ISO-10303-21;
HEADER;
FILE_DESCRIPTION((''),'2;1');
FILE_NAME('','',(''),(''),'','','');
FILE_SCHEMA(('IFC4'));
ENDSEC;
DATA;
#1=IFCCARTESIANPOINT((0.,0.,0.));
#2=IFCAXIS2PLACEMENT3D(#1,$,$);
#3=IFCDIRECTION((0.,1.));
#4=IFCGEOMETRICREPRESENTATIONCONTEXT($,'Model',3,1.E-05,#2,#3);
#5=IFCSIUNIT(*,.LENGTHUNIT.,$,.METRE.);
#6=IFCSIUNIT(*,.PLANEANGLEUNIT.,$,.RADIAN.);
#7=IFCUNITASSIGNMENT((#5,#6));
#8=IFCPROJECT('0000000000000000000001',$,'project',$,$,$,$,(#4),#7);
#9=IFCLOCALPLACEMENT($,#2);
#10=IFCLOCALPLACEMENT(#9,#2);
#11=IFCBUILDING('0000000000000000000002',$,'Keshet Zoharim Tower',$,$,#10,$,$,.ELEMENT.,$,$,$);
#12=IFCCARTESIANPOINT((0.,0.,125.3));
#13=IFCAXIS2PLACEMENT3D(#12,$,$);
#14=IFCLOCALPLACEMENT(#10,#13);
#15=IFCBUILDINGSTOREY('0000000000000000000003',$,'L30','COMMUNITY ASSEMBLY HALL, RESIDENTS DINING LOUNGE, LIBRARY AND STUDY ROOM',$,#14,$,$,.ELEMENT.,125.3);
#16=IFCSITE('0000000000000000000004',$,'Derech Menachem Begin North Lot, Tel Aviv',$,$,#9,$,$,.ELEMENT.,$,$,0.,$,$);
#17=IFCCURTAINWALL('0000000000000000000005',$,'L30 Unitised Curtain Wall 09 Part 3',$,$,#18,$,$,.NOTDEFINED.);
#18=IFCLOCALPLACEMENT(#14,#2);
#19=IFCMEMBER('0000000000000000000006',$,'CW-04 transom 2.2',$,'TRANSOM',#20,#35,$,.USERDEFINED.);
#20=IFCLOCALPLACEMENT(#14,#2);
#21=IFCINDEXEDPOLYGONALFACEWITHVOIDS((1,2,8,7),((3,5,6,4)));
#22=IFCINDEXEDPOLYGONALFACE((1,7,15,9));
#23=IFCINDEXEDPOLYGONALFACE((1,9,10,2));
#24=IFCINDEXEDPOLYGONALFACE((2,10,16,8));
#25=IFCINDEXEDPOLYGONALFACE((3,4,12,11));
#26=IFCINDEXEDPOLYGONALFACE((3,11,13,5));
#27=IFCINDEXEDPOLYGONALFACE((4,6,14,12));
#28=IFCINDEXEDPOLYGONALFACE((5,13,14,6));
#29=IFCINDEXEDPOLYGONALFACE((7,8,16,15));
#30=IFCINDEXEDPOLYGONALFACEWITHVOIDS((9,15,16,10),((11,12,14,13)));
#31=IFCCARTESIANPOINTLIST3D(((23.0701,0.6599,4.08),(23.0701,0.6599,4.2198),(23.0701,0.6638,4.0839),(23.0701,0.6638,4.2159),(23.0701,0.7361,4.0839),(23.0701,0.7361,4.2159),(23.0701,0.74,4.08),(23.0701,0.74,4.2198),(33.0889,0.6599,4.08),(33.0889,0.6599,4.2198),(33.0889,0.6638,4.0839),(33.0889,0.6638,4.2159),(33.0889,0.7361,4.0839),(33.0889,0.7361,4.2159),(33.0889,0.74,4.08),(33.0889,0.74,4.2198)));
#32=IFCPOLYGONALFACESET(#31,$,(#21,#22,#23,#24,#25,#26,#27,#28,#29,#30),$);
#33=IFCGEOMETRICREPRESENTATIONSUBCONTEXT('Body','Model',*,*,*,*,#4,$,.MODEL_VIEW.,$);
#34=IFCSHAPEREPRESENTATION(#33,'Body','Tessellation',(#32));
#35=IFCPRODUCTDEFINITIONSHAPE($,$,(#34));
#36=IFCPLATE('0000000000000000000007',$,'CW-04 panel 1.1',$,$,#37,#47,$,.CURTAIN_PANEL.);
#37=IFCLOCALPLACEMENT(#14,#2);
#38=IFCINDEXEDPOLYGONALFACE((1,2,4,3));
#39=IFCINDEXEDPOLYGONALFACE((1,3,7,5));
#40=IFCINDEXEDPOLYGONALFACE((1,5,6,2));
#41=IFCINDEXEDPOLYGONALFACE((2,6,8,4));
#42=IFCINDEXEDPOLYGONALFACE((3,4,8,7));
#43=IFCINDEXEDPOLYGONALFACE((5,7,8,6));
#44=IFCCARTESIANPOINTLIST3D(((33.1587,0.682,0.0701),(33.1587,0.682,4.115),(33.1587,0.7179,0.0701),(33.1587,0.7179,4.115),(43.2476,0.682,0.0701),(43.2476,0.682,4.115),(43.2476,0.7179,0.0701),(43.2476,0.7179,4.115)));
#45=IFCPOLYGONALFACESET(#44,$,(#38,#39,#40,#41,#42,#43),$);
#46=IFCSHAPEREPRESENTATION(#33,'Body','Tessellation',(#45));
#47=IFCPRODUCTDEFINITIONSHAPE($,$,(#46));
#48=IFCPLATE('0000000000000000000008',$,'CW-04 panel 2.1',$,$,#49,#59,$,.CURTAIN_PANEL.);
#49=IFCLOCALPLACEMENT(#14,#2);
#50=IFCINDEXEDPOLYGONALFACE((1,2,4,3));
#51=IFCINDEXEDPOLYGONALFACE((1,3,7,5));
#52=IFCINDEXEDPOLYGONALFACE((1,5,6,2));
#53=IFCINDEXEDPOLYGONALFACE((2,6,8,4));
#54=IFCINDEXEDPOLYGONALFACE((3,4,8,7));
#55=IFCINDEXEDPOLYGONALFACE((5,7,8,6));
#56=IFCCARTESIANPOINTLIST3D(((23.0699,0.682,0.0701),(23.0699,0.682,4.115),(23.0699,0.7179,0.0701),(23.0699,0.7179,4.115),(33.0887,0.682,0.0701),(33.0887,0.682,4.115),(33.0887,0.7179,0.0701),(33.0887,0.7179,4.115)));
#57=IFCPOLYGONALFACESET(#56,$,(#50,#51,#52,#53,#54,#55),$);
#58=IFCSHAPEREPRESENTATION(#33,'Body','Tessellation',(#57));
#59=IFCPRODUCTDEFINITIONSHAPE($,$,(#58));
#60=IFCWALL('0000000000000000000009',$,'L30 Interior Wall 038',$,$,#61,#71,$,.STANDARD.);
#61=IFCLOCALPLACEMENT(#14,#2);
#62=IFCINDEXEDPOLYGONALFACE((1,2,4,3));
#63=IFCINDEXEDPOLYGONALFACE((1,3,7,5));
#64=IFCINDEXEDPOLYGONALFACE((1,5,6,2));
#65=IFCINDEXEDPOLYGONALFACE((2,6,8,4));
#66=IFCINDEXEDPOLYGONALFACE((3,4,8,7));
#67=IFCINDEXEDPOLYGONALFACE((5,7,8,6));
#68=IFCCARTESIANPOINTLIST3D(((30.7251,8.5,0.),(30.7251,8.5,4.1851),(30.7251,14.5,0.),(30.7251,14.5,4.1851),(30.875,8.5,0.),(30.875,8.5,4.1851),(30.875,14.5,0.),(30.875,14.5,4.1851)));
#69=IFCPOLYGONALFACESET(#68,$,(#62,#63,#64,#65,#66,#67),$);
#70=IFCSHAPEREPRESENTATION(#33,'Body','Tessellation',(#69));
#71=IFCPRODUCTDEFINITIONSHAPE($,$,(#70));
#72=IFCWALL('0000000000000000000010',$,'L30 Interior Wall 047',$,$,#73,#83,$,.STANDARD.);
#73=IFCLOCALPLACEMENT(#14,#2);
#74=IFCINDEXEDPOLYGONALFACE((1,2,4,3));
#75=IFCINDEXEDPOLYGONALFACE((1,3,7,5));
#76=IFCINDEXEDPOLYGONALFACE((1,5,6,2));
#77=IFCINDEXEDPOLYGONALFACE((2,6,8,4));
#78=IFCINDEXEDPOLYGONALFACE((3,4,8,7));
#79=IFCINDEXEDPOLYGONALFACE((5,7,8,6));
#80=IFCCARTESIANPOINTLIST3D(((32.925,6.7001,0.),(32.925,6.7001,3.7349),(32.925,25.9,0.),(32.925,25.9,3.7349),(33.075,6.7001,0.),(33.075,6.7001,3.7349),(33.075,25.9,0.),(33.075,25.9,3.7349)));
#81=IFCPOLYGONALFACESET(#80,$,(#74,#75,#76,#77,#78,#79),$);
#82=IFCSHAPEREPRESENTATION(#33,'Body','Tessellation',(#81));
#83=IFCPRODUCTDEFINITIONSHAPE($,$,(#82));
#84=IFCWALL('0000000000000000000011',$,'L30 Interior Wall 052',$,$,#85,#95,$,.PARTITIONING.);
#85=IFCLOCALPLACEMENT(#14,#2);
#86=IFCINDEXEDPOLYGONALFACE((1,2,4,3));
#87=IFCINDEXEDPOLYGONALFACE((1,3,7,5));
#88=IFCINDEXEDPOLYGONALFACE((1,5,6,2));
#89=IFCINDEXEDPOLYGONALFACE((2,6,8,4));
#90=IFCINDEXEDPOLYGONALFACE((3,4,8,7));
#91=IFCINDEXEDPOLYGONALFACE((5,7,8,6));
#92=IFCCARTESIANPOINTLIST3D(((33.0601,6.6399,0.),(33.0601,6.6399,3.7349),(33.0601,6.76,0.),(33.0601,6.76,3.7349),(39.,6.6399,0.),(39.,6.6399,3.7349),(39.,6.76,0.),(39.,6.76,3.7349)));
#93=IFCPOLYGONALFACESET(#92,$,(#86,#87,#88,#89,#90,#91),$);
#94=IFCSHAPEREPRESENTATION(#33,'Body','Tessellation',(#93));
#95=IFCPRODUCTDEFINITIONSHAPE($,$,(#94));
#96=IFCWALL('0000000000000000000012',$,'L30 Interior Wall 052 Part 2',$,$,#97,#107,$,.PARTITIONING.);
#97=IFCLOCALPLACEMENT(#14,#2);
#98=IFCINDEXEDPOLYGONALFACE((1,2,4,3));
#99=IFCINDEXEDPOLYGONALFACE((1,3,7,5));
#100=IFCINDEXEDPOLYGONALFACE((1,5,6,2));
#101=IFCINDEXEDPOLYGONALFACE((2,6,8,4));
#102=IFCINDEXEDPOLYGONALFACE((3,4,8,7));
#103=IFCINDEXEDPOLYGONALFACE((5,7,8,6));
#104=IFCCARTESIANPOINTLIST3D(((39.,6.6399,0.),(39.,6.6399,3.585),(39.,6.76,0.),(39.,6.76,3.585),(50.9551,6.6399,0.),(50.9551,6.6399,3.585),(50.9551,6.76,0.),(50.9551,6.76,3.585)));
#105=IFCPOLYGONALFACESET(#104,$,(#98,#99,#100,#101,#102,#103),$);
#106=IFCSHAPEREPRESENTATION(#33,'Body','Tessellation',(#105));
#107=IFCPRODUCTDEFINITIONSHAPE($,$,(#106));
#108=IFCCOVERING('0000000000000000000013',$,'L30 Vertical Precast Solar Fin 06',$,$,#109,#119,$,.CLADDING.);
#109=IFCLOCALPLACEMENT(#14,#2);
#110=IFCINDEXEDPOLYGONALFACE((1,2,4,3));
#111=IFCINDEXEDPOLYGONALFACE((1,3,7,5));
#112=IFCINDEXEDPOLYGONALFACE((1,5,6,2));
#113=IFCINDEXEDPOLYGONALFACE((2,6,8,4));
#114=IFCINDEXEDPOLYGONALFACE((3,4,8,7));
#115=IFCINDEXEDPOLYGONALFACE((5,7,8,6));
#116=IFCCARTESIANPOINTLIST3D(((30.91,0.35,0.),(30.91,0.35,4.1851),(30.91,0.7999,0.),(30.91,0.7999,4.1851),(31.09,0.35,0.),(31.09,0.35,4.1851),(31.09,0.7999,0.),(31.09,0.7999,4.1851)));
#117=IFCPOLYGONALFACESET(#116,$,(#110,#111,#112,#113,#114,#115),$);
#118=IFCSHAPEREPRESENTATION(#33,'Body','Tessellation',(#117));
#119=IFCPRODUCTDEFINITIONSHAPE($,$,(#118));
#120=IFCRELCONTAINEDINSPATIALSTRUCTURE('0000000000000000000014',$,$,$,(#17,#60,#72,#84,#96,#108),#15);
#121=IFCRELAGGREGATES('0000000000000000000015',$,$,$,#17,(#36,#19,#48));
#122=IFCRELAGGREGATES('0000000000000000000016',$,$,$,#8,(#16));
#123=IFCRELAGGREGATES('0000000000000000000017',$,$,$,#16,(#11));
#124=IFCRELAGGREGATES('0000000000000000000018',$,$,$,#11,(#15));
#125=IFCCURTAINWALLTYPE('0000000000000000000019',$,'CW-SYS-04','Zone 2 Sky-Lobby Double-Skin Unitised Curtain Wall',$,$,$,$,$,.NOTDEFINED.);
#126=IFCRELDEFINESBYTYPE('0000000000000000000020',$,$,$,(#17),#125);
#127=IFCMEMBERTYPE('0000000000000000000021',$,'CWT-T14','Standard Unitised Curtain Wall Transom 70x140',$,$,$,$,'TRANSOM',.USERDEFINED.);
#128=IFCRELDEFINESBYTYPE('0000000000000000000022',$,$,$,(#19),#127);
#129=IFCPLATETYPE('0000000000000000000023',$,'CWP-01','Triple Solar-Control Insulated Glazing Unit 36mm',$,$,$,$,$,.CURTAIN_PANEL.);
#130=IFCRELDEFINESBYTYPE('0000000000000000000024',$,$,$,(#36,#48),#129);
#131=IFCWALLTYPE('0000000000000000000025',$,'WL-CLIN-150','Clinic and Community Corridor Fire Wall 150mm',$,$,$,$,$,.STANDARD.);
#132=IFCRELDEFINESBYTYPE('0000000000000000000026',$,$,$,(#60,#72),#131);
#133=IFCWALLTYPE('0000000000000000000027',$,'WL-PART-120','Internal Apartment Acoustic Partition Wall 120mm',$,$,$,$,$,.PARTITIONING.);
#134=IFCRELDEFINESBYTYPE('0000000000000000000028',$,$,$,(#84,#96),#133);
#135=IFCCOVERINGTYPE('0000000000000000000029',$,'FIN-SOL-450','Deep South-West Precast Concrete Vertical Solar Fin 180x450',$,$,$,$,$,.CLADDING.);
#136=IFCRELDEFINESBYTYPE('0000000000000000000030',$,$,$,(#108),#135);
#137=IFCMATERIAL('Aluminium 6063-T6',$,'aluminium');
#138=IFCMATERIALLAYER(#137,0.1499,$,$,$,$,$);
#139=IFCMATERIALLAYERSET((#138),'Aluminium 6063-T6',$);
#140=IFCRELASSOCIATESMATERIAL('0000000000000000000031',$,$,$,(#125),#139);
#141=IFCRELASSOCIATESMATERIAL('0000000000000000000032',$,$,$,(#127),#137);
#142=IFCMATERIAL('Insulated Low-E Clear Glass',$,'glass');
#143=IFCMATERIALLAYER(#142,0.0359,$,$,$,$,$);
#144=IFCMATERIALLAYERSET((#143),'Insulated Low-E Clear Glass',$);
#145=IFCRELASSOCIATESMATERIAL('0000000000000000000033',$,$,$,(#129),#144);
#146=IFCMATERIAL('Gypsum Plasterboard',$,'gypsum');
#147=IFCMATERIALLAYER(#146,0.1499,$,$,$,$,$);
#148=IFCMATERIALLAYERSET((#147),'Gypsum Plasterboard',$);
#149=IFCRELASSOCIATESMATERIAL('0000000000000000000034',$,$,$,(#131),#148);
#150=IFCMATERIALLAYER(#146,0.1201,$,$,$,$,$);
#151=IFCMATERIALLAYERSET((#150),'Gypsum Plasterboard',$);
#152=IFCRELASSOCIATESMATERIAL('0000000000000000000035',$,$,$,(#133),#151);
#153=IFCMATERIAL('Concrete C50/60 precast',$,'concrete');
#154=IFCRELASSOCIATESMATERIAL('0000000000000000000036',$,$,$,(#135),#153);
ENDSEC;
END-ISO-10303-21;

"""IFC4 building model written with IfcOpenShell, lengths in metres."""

from ifc_helpers import new_model, si_unit, direction, frame, frame_2d, origin, origin_2d, place, context, subcontext, project, spatial, rectangle, hollow_rectangle, extrude, material, layer, layer_set, material_profile, profile_set, type_object, element, aggregate, save


model = new_model("IFC4")

# Units and contexts
model_context = context("Model", 3, precision=1e-05, world=origin(), true_north=direction((0.0, 1.0)))
body_context = subcontext(model_context, "Body", "Model", "MODEL_VIEW")
ifc_project = project(units=[si_unit("LENGTHUNIT", "METRE"), si_unit("PLANEANGLEUNIT", "RADIAN")], contexts=[model_context])

# Site, building, storey
site_placement = place(None, origin())
site = spatial("IfcSite", under=ifc_project, at=site_placement, Name="Derech Menachem Begin North Lot, Tel Aviv", CompositionType="ELEMENT", RefElevation=0.0)
building_placement = place(site_placement, origin())
building = spatial("IfcBuilding", under=site, at=building_placement, Name="Keshet Zoharim Tower", CompositionType="ELEMENT")
storey_placement = place(building_placement, frame((0.0, 0.0, 125.3)))
storey = spatial("IfcBuildingStorey", under=building, at=storey_placement, Name="L30", Description="COMMUNITY ASSEMBLY HALL, RESIDENTS DINING LOUNGE, LIBRARY AND STUDY ROOM", CompositionType="ELEMENT", Elevation=125.3)

# Shared definitions
ifc_material_1 = material(Name="Aluminium 6063-T6", Category="aluminium")
ifc_layer_1 = layer(ifc_material_1, 0.1499)
ifc_layer_set_1 = layer_set([ifc_layer_1], Name="Aluminium 6063-T6")
curtain_wall_type = type_object("IfcCurtainWallType", Name="CW-SYS-04", Description="Zone 2 Sky-Lobby Double-Skin Unitised Curtain Wall", PredefinedType="NOTDEFINED", material=ifc_layer_set_1)

# Curtain wall, member, plates
curtain_wall_1_placement = place(storey_placement, origin())
curtain_wall_1 = element("IfcCurtainWall", 1, at=curtain_wall_1_placement, inside=storey, type_object=curtain_wall_type, Name="L30 Unitised Curtain Wall 09 Part 3", PredefinedType="NOTDEFINED")
ifc_material_profile_1 = material_profile(ifc_material_1, hollow_rectangle(XDim=0.0801, YDim=0.1399, WallThickness=0.0039, at=origin_2d()), Name="TRN-80x140")
ifc_profile_set_1 = profile_set([ifc_material_profile_1], Name="Aluminium 6063-T6")
member_type_1 = type_object("IfcMemberType", Name="CWT-T14", Description="Standard Unitised Curtain Wall Transom 70x140", ElementType="TRANSOM", PredefinedType="USERDEFINED", material=ifc_profile_set_1)
member_1_placement = place(storey_placement, frame((33.0889, 0.7, 4.1499), z_axis=(-1.0, 0.0, 0.0), x_axis=(0.0, -1.0, 0.0)))
member_1 = element("IfcMember", 2, at=member_1_placement, type_object=member_type_1, Name="CW-04 transom 2.2", ObjectType="TRANSOM", PredefinedType="USERDEFINED", context=body_context, shape_type="SweptSolid", body=[
    extrude(hollow_rectangle(XDim=0.0801, YDim=0.1399, WallThickness=0.0039, at=origin_2d()), origin(), (0.0, 0.0, 1.0), 10.0188),
])
ifc_material_2 = material(Name="Insulated Low-E Clear Glass", Category="glass")
ifc_layer_2 = layer(ifc_material_2, 0.0359)
ifc_layer_set_2 = layer_set([ifc_layer_2], Name="Insulated Low-E Clear Glass")
plate_type = type_object("IfcPlateType", Name="CWP-01", Description="Triple Solar-Control Insulated Glazing Unit 36mm", PredefinedType="CURTAIN_PANEL", material=ifc_layer_set_2)
plate_1_placement = place(storey_placement, frame((38.2031, 0.7, 0.0701), z_axis=(0.0, 0.0, 1.0), x_axis=(-1.0, 0.0, 0.0)))
plate_1 = element("IfcPlate", 3, at=plate_1_placement, type_object=plate_type, Name="CW-04 panel 1.1", PredefinedType="CURTAIN_PANEL", context=body_context, shape_type="SweptSolid", body=[
    extrude(rectangle(XDim=10.0889, YDim=0.0359, at=origin_2d()), origin(), (0.0, 0.0, 1.0), 4.0449),
])
plate_2_placement = place(storey_placement, frame((28.0793, 0.7, 0.0701), z_axis=(0.0, 0.0, 1.0), x_axis=(-1.0, 0.0, 0.0)))
plate_2 = element("IfcPlate", 4, at=plate_2_placement, type_object=plate_type, Name="CW-04 panel 2.1", PredefinedType="CURTAIN_PANEL", context=body_context, shape_type="SweptSolid", body=[
    extrude(rectangle(XDim=10.0188, YDim=0.0359, at=origin_2d()), origin(), (0.0, 0.0, 1.0), 4.0449),
])
aggregate(curtain_wall_1, [plate_1, member_1, plate_2])

# Walls
ifc_material_3 = material(Name="Gypsum Plasterboard", Category="gypsum")
ifc_layer_3 = layer(ifc_material_3, 0.1499)
ifc_layer_set_3 = layer_set([ifc_layer_3], Name="Gypsum Plasterboard")
wall_type_1 = type_object("IfcWallType", Name="WL-CLIN-150", Description="Clinic and Community Corridor Fire Wall 150mm", PredefinedType="STANDARD", material=ifc_layer_set_3)
wall_1_placement = place(storey_placement, frame((30.8, 8.5, 0.0), z_axis=(0.0, 0.0, 1.0), x_axis=(0.0, 1.0, 0.0)))
element("IfcWall", 5, at=wall_1_placement, inside=storey, type_object=wall_type_1, Name="L30 Interior Wall 038", PredefinedType="STANDARD", context=body_context, shape_type="SweptSolid", body=[
    extrude(rectangle(XDim=6.0, YDim=0.1499, at=frame_2d((3.0, 0.0))), origin(), (0.0, 0.0, 1.0), 4.1851),
])
wall_2_placement = place(storey_placement, frame((33.0, 6.7, 0.0), z_axis=(0.0, 0.0, 1.0), x_axis=(0.0, 1.0, 0.0)))
element("IfcWall", 6, at=wall_2_placement, inside=storey, type_object=wall_type_1, Name="L30 Interior Wall 047", PredefinedType="STANDARD", context=body_context, shape_type="SweptSolid", body=[
    extrude(rectangle(XDim=19.2, YDim=0.1499, at=frame_2d((9.6001, 0.0))), origin(), (0.0, 0.0, 1.0), 3.7349),
])
ifc_layer_4 = layer(ifc_material_3, 0.1201)
ifc_layer_set_4 = layer_set([ifc_layer_4], Name="Gypsum Plasterboard")
wall_type_2 = type_object("IfcWallType", Name="WL-PART-120", Description="Internal Apartment Acoustic Partition Wall 120mm", PredefinedType="PARTITIONING", material=ifc_layer_set_4)
wall_3_placement = place(storey_placement, frame((33.0601, 6.7, 0.0), z_axis=(0.0, 0.0, 1.0), x_axis=(1.0, 0.0, 0.0)))
element("IfcWall", 7, at=wall_3_placement, inside=storey, type_object=wall_type_2, Name="L30 Interior Wall 052", PredefinedType="PARTITIONING", context=body_context, shape_type="SweptSolid", body=[
    extrude(rectangle(XDim=5.9399, YDim=0.1201, at=frame_2d((2.97, 0.0))), origin(), (0.0, 0.0, 1.0), 3.7349),
])
wall_4_placement = place(storey_placement, frame((39.0, 6.7, 0.0), z_axis=(0.0, 0.0, 1.0), x_axis=(1.0, 0.0, 0.0)))
element("IfcWall", 8, at=wall_4_placement, inside=storey, type_object=wall_type_2, Name="L30 Interior Wall 052 Part 2", PredefinedType="PARTITIONING", context=body_context, shape_type="SweptSolid", body=[
    extrude(rectangle(XDim=11.9551, YDim=0.1201, at=frame_2d((5.9775, 0.0))), origin(), (0.0, 0.0, 1.0), 3.585),
])

# Covering
ifc_material_4 = material(Name="Concrete C50/60 precast", Category="concrete")
covering_type = type_object("IfcCoveringType", Name="FIN-SOL-450", Description="Deep South-West Precast Concrete Vertical Solar Fin 180x450", PredefinedType="CLADDING", material=ifc_material_4)
covering_placement = place(storey_placement, frame((31.0, 0.575, 0.0), z_axis=(0.0, 0.0, 1.0), x_axis=(-1.0, 0.0, 0.0)))
element("IfcCovering", 9, at=covering_placement, inside=storey, type_object=covering_type, Name="L30 Vertical Precast Solar Fin 06", PredefinedType="CLADDING", context=body_context, shape_type="SweptSolid", body=[
    extrude(rectangle(XDim=0.1799, YDim=0.45, at=origin_2d()), origin(), (0.0, 0.0, 1.0), 4.1851),
])

save(model, "model.ifc")
